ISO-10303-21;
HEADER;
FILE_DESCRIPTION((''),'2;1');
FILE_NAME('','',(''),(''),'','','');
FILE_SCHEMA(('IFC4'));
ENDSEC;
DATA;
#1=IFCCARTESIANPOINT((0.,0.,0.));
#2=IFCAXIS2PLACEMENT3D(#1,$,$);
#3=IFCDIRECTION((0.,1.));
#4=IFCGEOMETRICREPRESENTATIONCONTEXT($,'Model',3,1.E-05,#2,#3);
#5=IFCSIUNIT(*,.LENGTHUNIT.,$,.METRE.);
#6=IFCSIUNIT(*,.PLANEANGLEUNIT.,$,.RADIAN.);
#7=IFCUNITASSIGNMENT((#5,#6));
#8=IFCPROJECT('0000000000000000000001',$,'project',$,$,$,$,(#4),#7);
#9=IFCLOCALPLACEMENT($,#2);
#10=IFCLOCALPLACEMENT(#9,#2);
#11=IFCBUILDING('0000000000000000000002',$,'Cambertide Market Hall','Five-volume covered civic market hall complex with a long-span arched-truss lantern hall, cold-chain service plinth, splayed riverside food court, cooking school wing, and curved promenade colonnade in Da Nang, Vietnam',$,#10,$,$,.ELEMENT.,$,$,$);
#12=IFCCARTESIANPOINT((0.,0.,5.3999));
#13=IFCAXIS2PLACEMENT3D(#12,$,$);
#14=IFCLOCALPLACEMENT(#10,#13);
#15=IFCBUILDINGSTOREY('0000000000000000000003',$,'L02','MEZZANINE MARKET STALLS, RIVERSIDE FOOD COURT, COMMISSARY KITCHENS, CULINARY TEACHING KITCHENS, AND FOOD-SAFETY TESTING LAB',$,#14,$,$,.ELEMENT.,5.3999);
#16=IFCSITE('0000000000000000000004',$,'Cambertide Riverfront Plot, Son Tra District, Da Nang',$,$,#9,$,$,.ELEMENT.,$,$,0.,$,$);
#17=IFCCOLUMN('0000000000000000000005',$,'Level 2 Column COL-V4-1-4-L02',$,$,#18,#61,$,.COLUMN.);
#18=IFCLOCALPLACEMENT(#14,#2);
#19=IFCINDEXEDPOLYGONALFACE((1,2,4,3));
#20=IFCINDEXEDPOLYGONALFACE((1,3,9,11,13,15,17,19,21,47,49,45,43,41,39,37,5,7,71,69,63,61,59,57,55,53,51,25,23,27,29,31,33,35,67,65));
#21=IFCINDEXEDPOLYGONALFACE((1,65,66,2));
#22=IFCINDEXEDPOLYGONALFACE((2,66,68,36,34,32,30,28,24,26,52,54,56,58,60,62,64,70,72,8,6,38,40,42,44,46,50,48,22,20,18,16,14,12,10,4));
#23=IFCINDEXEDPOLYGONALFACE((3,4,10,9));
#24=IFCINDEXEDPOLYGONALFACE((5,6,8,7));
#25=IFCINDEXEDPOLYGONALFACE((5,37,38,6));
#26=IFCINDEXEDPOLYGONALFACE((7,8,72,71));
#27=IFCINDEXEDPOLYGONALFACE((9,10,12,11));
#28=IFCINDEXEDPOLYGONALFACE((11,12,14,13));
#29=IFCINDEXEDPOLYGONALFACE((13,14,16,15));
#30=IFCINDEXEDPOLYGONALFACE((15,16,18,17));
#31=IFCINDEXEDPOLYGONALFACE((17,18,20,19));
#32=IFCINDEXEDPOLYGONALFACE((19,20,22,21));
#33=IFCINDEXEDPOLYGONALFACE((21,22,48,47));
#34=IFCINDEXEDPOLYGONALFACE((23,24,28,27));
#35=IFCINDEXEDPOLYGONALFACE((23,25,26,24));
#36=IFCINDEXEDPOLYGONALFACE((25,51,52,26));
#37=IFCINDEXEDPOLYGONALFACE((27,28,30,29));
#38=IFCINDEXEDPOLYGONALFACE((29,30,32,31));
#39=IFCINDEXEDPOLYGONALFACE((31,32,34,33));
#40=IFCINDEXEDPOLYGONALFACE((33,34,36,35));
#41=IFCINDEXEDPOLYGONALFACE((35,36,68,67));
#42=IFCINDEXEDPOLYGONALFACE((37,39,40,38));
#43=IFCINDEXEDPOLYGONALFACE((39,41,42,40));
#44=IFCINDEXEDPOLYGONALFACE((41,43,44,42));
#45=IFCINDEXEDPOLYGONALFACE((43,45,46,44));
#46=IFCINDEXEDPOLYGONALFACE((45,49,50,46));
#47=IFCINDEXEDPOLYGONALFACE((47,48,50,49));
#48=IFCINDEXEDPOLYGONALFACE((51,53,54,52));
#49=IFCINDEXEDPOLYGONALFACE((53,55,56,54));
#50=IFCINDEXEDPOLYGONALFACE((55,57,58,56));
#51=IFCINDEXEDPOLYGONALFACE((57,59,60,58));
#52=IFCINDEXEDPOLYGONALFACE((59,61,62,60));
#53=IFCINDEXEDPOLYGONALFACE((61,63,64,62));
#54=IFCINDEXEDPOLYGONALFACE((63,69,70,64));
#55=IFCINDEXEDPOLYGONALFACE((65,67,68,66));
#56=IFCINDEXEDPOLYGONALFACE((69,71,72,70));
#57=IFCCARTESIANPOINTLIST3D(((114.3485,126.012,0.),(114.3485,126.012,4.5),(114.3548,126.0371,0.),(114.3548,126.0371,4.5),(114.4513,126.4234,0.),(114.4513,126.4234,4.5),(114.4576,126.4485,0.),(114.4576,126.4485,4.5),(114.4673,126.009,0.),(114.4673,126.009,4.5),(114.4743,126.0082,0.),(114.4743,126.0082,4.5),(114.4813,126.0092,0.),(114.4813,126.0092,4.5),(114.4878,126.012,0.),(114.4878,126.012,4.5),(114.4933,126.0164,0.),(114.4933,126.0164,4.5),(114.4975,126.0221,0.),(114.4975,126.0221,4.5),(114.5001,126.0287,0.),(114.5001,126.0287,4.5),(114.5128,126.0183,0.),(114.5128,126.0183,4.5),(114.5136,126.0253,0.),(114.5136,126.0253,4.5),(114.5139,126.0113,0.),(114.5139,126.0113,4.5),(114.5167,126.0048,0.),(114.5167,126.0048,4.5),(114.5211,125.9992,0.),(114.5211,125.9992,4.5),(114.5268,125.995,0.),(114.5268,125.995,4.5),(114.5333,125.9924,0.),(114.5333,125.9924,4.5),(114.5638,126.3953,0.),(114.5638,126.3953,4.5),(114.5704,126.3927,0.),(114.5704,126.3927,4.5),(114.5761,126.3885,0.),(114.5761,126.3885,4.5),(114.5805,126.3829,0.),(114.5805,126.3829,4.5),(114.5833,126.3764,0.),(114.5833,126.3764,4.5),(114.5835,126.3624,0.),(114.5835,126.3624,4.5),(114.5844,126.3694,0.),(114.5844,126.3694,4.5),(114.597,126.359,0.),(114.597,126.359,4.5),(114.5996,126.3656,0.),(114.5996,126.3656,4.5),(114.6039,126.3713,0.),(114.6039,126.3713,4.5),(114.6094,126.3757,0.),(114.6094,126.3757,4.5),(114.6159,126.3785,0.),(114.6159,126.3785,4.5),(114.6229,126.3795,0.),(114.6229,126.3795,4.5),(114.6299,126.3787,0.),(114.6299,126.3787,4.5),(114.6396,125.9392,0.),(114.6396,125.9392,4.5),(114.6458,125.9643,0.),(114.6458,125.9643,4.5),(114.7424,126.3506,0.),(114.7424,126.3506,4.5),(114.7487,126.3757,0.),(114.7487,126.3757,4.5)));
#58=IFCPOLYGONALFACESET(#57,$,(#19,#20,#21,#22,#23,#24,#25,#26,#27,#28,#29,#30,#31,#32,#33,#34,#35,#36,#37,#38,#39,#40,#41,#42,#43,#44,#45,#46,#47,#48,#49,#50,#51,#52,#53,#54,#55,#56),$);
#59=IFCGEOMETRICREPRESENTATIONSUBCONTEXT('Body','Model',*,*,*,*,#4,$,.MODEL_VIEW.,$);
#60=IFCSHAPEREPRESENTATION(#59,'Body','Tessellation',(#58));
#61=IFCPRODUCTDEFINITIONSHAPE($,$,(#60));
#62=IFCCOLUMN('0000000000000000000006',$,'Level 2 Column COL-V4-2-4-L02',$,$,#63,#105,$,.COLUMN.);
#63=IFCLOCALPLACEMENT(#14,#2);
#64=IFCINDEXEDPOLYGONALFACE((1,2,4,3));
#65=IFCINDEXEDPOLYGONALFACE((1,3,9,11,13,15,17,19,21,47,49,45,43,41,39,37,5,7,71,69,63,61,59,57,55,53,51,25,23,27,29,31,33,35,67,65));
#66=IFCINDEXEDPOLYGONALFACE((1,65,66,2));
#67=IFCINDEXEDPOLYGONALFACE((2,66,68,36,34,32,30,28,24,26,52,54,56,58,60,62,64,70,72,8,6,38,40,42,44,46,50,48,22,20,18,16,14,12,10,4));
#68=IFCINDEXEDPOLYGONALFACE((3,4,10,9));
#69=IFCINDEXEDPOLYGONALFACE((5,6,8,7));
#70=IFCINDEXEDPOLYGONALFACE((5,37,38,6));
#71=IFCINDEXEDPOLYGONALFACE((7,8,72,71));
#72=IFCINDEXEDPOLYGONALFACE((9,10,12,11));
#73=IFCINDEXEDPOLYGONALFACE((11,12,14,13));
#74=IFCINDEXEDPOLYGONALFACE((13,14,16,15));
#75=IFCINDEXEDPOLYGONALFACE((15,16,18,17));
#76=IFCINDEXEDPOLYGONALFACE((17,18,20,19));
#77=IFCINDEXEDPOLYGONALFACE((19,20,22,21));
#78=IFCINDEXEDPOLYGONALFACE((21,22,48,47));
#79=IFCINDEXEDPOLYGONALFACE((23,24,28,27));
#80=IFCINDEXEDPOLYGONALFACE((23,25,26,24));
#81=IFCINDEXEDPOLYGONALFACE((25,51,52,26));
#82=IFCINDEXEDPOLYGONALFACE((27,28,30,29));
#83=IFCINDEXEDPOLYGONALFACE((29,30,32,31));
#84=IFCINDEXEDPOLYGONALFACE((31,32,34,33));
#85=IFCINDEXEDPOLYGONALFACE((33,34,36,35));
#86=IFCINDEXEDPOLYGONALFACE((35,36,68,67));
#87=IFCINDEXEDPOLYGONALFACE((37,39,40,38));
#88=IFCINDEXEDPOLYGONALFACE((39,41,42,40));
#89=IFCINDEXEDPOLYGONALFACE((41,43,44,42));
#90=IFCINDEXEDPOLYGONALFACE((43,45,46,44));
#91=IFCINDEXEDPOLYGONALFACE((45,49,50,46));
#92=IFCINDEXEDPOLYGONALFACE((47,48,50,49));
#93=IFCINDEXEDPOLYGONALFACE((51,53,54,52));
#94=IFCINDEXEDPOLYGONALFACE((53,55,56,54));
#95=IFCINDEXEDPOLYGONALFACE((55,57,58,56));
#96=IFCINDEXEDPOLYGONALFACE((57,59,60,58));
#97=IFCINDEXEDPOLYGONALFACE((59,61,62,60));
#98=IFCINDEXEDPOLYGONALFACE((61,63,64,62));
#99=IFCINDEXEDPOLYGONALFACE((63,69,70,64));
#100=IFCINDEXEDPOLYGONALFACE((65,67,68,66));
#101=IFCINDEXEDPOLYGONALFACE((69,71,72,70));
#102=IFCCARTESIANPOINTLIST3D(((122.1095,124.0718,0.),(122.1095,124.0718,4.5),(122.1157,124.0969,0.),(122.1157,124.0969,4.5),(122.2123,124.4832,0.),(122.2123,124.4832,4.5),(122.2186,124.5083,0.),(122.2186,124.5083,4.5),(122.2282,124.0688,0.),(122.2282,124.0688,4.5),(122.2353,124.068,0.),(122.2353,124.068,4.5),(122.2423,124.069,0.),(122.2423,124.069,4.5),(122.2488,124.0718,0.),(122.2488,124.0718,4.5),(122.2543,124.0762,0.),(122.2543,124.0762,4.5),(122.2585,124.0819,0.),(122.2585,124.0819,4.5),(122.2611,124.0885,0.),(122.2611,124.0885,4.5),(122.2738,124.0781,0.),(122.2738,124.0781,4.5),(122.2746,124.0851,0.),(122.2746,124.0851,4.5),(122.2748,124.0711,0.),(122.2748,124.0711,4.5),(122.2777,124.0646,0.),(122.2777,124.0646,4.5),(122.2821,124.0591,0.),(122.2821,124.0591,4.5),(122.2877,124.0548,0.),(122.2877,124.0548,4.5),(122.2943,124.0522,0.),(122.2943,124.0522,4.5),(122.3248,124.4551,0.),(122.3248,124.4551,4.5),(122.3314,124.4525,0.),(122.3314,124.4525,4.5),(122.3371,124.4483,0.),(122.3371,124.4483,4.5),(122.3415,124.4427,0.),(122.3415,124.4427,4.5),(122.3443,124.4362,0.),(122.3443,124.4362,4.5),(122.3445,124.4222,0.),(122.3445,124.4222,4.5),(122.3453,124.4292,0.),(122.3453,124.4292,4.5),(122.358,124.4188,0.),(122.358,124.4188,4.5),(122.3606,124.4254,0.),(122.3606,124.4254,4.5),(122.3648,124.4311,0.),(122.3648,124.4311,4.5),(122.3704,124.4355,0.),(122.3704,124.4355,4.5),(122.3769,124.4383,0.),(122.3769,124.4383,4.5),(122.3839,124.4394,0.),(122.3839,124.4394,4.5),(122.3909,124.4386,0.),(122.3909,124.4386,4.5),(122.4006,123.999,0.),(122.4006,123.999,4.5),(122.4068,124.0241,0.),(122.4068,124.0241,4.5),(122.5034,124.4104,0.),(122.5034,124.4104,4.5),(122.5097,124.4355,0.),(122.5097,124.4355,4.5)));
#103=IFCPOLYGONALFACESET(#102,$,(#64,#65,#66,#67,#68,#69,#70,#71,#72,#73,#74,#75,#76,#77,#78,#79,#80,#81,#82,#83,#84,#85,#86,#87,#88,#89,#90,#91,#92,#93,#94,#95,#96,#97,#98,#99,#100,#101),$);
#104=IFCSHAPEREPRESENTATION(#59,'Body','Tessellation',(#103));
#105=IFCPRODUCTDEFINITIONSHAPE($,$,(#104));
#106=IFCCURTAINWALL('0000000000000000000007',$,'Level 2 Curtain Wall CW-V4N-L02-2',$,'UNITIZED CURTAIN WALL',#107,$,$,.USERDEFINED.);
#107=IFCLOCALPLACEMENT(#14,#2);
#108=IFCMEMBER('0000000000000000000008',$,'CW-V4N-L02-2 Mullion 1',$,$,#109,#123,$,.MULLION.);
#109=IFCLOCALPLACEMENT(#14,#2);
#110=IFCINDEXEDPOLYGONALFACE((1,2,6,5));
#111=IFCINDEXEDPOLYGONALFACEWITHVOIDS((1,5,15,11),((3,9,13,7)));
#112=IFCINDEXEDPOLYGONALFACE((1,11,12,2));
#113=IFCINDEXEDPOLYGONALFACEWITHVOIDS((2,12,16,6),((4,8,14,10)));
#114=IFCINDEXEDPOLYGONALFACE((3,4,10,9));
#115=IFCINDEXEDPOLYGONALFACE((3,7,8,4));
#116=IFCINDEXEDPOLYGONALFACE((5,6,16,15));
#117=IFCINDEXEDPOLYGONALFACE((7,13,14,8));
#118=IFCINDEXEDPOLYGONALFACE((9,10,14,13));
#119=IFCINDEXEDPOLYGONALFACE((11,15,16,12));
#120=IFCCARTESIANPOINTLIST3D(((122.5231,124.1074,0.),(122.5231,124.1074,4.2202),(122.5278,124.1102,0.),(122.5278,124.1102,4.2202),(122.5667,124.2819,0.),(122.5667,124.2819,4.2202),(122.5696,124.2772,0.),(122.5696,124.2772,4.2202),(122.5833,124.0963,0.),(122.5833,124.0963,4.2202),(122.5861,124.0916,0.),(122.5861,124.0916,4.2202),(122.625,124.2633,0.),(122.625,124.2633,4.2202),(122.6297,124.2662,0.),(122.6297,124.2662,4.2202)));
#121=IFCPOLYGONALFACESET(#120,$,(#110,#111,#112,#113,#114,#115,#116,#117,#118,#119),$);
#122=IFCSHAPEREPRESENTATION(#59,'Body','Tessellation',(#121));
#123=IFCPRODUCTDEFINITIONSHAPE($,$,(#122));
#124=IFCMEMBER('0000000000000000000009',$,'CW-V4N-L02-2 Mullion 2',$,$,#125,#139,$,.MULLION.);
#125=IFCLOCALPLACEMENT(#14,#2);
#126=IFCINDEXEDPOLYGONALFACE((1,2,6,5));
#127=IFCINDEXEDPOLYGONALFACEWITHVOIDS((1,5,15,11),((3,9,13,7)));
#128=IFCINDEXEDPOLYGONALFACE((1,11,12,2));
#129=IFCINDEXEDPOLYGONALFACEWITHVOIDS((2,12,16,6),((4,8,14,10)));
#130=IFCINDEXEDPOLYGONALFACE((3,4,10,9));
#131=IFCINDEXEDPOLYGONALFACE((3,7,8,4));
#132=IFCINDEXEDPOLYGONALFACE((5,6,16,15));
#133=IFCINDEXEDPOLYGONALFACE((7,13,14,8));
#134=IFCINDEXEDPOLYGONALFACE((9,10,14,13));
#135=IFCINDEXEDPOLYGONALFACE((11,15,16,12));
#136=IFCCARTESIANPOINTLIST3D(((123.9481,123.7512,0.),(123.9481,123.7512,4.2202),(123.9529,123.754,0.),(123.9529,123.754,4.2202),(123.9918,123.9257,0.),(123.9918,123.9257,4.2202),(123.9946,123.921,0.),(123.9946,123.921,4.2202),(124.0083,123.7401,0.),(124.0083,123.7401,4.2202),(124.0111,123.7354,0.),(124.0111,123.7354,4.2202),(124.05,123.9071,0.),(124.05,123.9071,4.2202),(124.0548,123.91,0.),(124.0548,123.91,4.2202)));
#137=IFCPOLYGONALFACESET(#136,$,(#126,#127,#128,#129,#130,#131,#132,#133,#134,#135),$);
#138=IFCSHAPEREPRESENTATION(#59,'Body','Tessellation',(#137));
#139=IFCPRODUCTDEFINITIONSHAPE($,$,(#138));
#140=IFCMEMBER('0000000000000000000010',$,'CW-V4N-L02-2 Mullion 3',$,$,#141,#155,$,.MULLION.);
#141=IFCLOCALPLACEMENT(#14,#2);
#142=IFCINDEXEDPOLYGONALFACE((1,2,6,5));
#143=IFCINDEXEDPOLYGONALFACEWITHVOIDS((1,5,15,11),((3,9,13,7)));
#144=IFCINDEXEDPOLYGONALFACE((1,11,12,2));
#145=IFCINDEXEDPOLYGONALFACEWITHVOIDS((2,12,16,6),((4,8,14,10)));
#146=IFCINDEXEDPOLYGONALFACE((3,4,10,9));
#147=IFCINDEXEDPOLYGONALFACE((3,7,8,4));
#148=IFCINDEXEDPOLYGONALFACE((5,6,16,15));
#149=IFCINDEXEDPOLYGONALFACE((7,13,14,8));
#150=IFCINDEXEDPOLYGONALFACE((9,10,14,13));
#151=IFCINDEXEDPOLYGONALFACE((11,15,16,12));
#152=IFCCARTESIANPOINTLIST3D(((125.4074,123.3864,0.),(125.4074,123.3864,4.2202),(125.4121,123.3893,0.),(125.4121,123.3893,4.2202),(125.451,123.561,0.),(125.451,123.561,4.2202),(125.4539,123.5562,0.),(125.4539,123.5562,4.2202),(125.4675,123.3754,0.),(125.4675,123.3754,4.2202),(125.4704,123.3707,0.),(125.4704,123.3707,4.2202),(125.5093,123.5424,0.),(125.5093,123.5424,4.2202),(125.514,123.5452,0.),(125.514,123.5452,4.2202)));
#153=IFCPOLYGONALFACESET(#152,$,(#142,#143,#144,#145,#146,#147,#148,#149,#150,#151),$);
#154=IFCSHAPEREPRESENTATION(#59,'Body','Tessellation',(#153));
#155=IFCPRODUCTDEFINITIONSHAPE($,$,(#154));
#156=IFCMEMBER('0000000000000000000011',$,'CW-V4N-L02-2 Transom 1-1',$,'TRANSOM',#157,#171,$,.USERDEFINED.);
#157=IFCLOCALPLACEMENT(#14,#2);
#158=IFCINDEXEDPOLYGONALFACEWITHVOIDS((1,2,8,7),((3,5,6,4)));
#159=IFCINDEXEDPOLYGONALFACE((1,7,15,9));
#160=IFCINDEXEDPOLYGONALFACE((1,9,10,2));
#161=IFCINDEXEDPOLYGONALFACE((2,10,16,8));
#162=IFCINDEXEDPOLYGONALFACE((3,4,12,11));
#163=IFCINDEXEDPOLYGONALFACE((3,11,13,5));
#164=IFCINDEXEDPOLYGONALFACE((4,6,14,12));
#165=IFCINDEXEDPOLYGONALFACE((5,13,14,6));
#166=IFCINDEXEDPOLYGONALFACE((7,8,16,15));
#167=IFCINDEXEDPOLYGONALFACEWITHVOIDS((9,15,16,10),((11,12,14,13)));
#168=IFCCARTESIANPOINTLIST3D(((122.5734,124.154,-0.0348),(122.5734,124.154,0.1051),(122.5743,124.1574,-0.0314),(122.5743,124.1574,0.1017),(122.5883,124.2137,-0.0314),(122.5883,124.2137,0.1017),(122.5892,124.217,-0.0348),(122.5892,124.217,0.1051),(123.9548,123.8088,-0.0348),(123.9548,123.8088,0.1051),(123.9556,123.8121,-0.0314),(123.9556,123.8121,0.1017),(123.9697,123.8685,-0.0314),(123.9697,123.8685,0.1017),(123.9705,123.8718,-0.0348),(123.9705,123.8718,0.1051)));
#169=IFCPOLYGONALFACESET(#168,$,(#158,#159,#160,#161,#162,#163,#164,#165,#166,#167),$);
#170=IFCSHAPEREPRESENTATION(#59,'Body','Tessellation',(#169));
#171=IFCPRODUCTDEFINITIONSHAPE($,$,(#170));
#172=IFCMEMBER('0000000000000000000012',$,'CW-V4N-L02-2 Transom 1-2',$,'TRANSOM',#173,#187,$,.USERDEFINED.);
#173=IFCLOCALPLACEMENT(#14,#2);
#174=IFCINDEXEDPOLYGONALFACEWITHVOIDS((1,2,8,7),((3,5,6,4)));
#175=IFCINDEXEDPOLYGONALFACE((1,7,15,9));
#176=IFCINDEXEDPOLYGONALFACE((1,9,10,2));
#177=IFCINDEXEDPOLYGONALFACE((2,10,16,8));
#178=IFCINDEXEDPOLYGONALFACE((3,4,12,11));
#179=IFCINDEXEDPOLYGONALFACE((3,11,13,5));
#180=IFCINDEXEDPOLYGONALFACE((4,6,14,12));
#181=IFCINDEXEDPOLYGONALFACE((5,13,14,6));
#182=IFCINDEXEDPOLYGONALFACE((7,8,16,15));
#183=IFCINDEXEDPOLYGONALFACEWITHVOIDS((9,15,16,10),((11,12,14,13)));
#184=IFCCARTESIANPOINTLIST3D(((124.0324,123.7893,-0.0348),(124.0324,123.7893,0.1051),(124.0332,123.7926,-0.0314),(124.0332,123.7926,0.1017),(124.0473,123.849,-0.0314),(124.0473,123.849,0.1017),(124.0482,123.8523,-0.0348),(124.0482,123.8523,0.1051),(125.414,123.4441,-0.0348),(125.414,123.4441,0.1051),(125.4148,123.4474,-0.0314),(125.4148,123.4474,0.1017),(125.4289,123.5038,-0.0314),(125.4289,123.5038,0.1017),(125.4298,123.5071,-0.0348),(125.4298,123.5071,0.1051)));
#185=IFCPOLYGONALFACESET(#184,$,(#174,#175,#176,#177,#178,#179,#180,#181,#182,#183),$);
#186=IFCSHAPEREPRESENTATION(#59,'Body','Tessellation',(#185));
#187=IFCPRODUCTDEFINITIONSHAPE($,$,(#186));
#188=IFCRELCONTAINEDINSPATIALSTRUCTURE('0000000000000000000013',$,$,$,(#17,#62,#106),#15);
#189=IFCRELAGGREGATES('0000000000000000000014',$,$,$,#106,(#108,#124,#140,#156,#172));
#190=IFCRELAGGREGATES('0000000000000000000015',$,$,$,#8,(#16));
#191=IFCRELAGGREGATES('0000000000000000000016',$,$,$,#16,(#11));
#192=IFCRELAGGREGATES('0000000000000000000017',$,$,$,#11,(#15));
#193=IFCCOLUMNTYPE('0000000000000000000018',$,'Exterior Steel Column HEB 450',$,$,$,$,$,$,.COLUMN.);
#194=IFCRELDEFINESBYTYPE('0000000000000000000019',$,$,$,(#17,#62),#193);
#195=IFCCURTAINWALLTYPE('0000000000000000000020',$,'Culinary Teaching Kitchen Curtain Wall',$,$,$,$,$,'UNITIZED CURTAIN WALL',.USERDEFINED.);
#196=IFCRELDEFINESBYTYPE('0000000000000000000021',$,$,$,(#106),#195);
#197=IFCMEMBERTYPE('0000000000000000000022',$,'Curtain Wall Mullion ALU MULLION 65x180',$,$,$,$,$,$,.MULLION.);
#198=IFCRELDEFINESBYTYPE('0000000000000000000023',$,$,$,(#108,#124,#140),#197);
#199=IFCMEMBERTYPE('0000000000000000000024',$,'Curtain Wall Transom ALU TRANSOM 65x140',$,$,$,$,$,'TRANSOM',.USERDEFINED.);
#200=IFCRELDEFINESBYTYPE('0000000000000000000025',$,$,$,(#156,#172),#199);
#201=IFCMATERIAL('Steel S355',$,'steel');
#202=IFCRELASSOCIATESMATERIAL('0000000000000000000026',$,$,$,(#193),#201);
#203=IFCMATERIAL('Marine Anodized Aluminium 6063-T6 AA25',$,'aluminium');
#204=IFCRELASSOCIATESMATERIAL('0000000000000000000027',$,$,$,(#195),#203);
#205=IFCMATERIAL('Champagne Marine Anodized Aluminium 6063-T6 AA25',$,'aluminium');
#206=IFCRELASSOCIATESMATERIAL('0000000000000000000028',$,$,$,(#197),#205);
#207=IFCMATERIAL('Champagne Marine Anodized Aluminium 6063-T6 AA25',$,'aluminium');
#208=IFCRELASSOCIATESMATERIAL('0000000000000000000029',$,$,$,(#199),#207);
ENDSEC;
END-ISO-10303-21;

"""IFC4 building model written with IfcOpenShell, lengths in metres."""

from ifc_helpers import new_model, si_unit, direction, frame, origin, origin_2d, place, context, subcontext, project, spatial, hollow_rectangle, i_section, extrude, material, material_profile, profile_set, type_object, element, aggregate, save


model = new_model("IFC4")

# Units and contexts
model_context = context("Model", 3, precision=1e-05, world=origin(), true_north=direction((0.0, 1.0)))
body_context = subcontext(model_context, "Body", "Model", "MODEL_VIEW")
ifc_project = project(units=[si_unit("LENGTHUNIT", "METRE"), si_unit("PLANEANGLEUNIT", "RADIAN")], contexts=[model_context])

# Site, building, storey
site_placement = place(None, origin())
site = spatial("IfcSite", under=ifc_project, at=site_placement, Name="Cambertide Riverfront Plot, Son Tra District, Da Nang", CompositionType="ELEMENT", RefElevation=0.0)
building_placement = place(site_placement, origin())
building = spatial("IfcBuilding", under=site, at=building_placement, Name="Cambertide Market Hall", Description="Five-volume covered civic market hall complex with a long-span arched-truss lantern hall, cold-chain service plinth, splayed riverside food court, cooking school wing, and curved promenade colonnade in Da Nang, Vietnam", CompositionType="ELEMENT")
storey_placement = place(building_placement, frame((0.0, 0.0, 5.3999)))
storey = spatial("IfcBuildingStorey", under=building, at=storey_placement, Name="L02", Description="MEZZANINE MARKET STALLS, RIVERSIDE FOOD COURT, COMMISSARY KITCHENS, CULINARY TEACHING KITCHENS, AND FOOD-SAFETY TESTING LAB", CompositionType="ELEMENT", Elevation=5.3999)

# Columns
ifc_material_1 = material(Name="Steel S355", Category="steel")
ifc_material_profile_1 = material_profile(ifc_material_1, i_section(OverallWidth=0.3, OverallDepth=0.45, WebThickness=0.0139, FlangeThickness=0.0259, FilletRadius=0.0271, at=origin_2d()), Name="HEB 450")
ifc_profile_set_1 = profile_set([ifc_material_profile_1], Name="Steel S355")
column_type = type_object("IfcColumnType", Name="Exterior Steel Column HEB 450", PredefinedType="COLUMN", material=ifc_profile_set_1)
for number, where, z_axis, x_axis, name in (
    (1, (114.5486, 126.1938, 0.0), (0.0, 0.0, 1.0), (0.970143, -0.242536, 0.0), "Level 2 Column COL-V4-1-4-L02"),
    (2, (122.3096, 124.2537, 0.0), (0.0, 0.0, 1.0), (0.970143, -0.242536, 0.0), "Level 2 Column COL-V4-2-4-L02"),
):
    element("IfcColumn", number, at=place(storey_placement, frame(where, z_axis=z_axis, x_axis=x_axis)), inside=storey, type_object=column_type, Name=name, PredefinedType="COLUMN", context=body_context, shape_type="SweptSolid", body=[
        extrude(i_section(OverallWidth=0.3, OverallDepth=0.45, WebThickness=0.0139, FlangeThickness=0.0259, FilletRadius=0.0271, at=origin_2d()), origin(), (0.0, 0.0, 1.0), 4.5),
    ])

# Curtain wall, members
ifc_material_2 = material(Name="Marine Anodized Aluminium 6063-T6 AA25", Category="aluminium")
curtain_wall_type = type_object("IfcCurtainWallType", Name="Culinary Teaching Kitchen Curtain Wall", ElementType="UNITIZED CURTAIN WALL", PredefinedType="USERDEFINED", material=ifc_material_2)
curtain_wall_placement = place(storey_placement, origin())
curtain_wall = element("IfcCurtainWall", 3, at=curtain_wall_placement, inside=storey, type_object=curtain_wall_type, Name="Level 2 Curtain Wall CW-V4N-L02-2", ObjectType="UNITIZED CURTAIN WALL", PredefinedType="USERDEFINED")
ifc_material_3 = material(Name="Champagne Marine Anodized Aluminium 6063-T6 AA25", Category="aluminium")
ifc_material_profile_2 = material_profile(ifc_material_3, hollow_rectangle(XDim=0.0649, YDim=0.1799, WallThickness=0.0039, at=origin_2d()), Name="ALU MULLION 65x180")
ifc_profile_set_2 = profile_set([ifc_material_profile_2], Name="Champagne Marine Anodized Aluminium 6063-T6 AA25")
member_type_1 = type_object("IfcMemberType", Name="Curtain Wall Mullion ALU MULLION 65x180", PredefinedType="MULLION", material=ifc_profile_set_2)
member_1_placement = place(storey_placement, frame((122.5764, 124.1868, 0.0), z_axis=(0.0, 0.0, 1.0), x_axis=(0.970143, -0.242536, 0.0)))
member_1 = element("IfcMember", 4, at=member_1_placement, type_object=member_type_1, Name="CW-V4N-L02-2 Mullion 1", PredefinedType="MULLION", context=body_context, shape_type="SweptSolid", body=[
    extrude(hollow_rectangle(XDim=0.0649, YDim=0.1799, WallThickness=0.0039, at=origin_2d()), origin(), (0.0, 0.0, 1.0), 4.2202),
])
member_2_placement = place(storey_placement, frame((124.0015, 123.8306, 0.0), z_axis=(0.0, 0.0, 1.0), x_axis=(0.970143, -0.242536, 0.0)))
member_2 = element("IfcMember", 5, at=member_2_placement, type_object=member_type_1, Name="CW-V4N-L02-2 Mullion 2", PredefinedType="MULLION", context=body_context, shape_type="SweptSolid", body=[
    extrude(hollow_rectangle(XDim=0.0649, YDim=0.1799, WallThickness=0.0039, at=origin_2d()), origin(), (0.0, 0.0, 1.0), 4.2202),
])
member_3_placement = place(storey_placement, frame((125.4607, 123.4658, 0.0), z_axis=(0.0, 0.0, 1.0), x_axis=(0.970143, -0.242536, 0.0)))
member_3 = element("IfcMember", 6, at=member_3_placement, type_object=member_type_1, Name="CW-V4N-L02-2 Mullion 3", PredefinedType="MULLION", context=body_context, shape_type="SweptSolid", body=[
    extrude(hollow_rectangle(XDim=0.0649, YDim=0.1799, WallThickness=0.0039, at=origin_2d()), origin(), (0.0, 0.0, 1.0), 4.2202),
])
ifc_material_4 = material(Name="Champagne Marine Anodized Aluminium 6063-T6 AA25", Category="aluminium")
ifc_material_profile_3 = material_profile(ifc_material_4, hollow_rectangle(XDim=0.0649, YDim=0.1399, WallThickness=0.0034, at=origin_2d()), Name="ALU TRANSOM 65x140")
ifc_profile_set_3 = profile_set([ifc_material_profile_3], Name="Champagne Marine Anodized Aluminium 6063-T6 AA25")
member_type_2 = type_object("IfcMemberType", Name="Curtain Wall Transom ALU TRANSOM 65x140", ElementType="TRANSOM", PredefinedType="USERDEFINED", material=ifc_profile_set_3)
member_4_placement = place(storey_placement, frame((122.5813, 124.1855, 0.0352), z_axis=(0.970163, -0.242455, 0.0), x_axis=(0.242455, 0.970163, 0.0)))
member_4 = element("IfcMember", 7, at=member_4_placement, type_object=member_type_2, Name="CW-V4N-L02-2 Transom 1-1", ObjectType="TRANSOM", PredefinedType="USERDEFINED", context=body_context, shape_type="SweptSolid", body=[
    extrude(hollow_rectangle(XDim=0.0649, YDim=0.1399, WallThickness=0.0034, at=origin_2d()), origin(), (0.0, 0.0, 1.0), 1.4238),
])
member_5_placement = place(storey_placement, frame((124.0403, 123.8208, 0.0352), z_axis=(0.970173, -0.242415, 0.0), x_axis=(0.242415, 0.970173, 0.0)))
member_5 = element("IfcMember", 8, at=member_5_placement, type_object=member_type_2, Name="CW-V4N-L02-2 Transom 1-2", ObjectType="TRANSOM", PredefinedType="USERDEFINED", context=body_context, shape_type="SweptSolid", body=[
    extrude(hollow_rectangle(XDim=0.0649, YDim=0.1399, WallThickness=0.0034, at=origin_2d()), origin(), (0.0, 0.0, 1.0), 1.4241),
])

aggregate(curtain_wall, [member_1, member_2, member_3, member_4, member_5])

save(model, "model.ifc")
